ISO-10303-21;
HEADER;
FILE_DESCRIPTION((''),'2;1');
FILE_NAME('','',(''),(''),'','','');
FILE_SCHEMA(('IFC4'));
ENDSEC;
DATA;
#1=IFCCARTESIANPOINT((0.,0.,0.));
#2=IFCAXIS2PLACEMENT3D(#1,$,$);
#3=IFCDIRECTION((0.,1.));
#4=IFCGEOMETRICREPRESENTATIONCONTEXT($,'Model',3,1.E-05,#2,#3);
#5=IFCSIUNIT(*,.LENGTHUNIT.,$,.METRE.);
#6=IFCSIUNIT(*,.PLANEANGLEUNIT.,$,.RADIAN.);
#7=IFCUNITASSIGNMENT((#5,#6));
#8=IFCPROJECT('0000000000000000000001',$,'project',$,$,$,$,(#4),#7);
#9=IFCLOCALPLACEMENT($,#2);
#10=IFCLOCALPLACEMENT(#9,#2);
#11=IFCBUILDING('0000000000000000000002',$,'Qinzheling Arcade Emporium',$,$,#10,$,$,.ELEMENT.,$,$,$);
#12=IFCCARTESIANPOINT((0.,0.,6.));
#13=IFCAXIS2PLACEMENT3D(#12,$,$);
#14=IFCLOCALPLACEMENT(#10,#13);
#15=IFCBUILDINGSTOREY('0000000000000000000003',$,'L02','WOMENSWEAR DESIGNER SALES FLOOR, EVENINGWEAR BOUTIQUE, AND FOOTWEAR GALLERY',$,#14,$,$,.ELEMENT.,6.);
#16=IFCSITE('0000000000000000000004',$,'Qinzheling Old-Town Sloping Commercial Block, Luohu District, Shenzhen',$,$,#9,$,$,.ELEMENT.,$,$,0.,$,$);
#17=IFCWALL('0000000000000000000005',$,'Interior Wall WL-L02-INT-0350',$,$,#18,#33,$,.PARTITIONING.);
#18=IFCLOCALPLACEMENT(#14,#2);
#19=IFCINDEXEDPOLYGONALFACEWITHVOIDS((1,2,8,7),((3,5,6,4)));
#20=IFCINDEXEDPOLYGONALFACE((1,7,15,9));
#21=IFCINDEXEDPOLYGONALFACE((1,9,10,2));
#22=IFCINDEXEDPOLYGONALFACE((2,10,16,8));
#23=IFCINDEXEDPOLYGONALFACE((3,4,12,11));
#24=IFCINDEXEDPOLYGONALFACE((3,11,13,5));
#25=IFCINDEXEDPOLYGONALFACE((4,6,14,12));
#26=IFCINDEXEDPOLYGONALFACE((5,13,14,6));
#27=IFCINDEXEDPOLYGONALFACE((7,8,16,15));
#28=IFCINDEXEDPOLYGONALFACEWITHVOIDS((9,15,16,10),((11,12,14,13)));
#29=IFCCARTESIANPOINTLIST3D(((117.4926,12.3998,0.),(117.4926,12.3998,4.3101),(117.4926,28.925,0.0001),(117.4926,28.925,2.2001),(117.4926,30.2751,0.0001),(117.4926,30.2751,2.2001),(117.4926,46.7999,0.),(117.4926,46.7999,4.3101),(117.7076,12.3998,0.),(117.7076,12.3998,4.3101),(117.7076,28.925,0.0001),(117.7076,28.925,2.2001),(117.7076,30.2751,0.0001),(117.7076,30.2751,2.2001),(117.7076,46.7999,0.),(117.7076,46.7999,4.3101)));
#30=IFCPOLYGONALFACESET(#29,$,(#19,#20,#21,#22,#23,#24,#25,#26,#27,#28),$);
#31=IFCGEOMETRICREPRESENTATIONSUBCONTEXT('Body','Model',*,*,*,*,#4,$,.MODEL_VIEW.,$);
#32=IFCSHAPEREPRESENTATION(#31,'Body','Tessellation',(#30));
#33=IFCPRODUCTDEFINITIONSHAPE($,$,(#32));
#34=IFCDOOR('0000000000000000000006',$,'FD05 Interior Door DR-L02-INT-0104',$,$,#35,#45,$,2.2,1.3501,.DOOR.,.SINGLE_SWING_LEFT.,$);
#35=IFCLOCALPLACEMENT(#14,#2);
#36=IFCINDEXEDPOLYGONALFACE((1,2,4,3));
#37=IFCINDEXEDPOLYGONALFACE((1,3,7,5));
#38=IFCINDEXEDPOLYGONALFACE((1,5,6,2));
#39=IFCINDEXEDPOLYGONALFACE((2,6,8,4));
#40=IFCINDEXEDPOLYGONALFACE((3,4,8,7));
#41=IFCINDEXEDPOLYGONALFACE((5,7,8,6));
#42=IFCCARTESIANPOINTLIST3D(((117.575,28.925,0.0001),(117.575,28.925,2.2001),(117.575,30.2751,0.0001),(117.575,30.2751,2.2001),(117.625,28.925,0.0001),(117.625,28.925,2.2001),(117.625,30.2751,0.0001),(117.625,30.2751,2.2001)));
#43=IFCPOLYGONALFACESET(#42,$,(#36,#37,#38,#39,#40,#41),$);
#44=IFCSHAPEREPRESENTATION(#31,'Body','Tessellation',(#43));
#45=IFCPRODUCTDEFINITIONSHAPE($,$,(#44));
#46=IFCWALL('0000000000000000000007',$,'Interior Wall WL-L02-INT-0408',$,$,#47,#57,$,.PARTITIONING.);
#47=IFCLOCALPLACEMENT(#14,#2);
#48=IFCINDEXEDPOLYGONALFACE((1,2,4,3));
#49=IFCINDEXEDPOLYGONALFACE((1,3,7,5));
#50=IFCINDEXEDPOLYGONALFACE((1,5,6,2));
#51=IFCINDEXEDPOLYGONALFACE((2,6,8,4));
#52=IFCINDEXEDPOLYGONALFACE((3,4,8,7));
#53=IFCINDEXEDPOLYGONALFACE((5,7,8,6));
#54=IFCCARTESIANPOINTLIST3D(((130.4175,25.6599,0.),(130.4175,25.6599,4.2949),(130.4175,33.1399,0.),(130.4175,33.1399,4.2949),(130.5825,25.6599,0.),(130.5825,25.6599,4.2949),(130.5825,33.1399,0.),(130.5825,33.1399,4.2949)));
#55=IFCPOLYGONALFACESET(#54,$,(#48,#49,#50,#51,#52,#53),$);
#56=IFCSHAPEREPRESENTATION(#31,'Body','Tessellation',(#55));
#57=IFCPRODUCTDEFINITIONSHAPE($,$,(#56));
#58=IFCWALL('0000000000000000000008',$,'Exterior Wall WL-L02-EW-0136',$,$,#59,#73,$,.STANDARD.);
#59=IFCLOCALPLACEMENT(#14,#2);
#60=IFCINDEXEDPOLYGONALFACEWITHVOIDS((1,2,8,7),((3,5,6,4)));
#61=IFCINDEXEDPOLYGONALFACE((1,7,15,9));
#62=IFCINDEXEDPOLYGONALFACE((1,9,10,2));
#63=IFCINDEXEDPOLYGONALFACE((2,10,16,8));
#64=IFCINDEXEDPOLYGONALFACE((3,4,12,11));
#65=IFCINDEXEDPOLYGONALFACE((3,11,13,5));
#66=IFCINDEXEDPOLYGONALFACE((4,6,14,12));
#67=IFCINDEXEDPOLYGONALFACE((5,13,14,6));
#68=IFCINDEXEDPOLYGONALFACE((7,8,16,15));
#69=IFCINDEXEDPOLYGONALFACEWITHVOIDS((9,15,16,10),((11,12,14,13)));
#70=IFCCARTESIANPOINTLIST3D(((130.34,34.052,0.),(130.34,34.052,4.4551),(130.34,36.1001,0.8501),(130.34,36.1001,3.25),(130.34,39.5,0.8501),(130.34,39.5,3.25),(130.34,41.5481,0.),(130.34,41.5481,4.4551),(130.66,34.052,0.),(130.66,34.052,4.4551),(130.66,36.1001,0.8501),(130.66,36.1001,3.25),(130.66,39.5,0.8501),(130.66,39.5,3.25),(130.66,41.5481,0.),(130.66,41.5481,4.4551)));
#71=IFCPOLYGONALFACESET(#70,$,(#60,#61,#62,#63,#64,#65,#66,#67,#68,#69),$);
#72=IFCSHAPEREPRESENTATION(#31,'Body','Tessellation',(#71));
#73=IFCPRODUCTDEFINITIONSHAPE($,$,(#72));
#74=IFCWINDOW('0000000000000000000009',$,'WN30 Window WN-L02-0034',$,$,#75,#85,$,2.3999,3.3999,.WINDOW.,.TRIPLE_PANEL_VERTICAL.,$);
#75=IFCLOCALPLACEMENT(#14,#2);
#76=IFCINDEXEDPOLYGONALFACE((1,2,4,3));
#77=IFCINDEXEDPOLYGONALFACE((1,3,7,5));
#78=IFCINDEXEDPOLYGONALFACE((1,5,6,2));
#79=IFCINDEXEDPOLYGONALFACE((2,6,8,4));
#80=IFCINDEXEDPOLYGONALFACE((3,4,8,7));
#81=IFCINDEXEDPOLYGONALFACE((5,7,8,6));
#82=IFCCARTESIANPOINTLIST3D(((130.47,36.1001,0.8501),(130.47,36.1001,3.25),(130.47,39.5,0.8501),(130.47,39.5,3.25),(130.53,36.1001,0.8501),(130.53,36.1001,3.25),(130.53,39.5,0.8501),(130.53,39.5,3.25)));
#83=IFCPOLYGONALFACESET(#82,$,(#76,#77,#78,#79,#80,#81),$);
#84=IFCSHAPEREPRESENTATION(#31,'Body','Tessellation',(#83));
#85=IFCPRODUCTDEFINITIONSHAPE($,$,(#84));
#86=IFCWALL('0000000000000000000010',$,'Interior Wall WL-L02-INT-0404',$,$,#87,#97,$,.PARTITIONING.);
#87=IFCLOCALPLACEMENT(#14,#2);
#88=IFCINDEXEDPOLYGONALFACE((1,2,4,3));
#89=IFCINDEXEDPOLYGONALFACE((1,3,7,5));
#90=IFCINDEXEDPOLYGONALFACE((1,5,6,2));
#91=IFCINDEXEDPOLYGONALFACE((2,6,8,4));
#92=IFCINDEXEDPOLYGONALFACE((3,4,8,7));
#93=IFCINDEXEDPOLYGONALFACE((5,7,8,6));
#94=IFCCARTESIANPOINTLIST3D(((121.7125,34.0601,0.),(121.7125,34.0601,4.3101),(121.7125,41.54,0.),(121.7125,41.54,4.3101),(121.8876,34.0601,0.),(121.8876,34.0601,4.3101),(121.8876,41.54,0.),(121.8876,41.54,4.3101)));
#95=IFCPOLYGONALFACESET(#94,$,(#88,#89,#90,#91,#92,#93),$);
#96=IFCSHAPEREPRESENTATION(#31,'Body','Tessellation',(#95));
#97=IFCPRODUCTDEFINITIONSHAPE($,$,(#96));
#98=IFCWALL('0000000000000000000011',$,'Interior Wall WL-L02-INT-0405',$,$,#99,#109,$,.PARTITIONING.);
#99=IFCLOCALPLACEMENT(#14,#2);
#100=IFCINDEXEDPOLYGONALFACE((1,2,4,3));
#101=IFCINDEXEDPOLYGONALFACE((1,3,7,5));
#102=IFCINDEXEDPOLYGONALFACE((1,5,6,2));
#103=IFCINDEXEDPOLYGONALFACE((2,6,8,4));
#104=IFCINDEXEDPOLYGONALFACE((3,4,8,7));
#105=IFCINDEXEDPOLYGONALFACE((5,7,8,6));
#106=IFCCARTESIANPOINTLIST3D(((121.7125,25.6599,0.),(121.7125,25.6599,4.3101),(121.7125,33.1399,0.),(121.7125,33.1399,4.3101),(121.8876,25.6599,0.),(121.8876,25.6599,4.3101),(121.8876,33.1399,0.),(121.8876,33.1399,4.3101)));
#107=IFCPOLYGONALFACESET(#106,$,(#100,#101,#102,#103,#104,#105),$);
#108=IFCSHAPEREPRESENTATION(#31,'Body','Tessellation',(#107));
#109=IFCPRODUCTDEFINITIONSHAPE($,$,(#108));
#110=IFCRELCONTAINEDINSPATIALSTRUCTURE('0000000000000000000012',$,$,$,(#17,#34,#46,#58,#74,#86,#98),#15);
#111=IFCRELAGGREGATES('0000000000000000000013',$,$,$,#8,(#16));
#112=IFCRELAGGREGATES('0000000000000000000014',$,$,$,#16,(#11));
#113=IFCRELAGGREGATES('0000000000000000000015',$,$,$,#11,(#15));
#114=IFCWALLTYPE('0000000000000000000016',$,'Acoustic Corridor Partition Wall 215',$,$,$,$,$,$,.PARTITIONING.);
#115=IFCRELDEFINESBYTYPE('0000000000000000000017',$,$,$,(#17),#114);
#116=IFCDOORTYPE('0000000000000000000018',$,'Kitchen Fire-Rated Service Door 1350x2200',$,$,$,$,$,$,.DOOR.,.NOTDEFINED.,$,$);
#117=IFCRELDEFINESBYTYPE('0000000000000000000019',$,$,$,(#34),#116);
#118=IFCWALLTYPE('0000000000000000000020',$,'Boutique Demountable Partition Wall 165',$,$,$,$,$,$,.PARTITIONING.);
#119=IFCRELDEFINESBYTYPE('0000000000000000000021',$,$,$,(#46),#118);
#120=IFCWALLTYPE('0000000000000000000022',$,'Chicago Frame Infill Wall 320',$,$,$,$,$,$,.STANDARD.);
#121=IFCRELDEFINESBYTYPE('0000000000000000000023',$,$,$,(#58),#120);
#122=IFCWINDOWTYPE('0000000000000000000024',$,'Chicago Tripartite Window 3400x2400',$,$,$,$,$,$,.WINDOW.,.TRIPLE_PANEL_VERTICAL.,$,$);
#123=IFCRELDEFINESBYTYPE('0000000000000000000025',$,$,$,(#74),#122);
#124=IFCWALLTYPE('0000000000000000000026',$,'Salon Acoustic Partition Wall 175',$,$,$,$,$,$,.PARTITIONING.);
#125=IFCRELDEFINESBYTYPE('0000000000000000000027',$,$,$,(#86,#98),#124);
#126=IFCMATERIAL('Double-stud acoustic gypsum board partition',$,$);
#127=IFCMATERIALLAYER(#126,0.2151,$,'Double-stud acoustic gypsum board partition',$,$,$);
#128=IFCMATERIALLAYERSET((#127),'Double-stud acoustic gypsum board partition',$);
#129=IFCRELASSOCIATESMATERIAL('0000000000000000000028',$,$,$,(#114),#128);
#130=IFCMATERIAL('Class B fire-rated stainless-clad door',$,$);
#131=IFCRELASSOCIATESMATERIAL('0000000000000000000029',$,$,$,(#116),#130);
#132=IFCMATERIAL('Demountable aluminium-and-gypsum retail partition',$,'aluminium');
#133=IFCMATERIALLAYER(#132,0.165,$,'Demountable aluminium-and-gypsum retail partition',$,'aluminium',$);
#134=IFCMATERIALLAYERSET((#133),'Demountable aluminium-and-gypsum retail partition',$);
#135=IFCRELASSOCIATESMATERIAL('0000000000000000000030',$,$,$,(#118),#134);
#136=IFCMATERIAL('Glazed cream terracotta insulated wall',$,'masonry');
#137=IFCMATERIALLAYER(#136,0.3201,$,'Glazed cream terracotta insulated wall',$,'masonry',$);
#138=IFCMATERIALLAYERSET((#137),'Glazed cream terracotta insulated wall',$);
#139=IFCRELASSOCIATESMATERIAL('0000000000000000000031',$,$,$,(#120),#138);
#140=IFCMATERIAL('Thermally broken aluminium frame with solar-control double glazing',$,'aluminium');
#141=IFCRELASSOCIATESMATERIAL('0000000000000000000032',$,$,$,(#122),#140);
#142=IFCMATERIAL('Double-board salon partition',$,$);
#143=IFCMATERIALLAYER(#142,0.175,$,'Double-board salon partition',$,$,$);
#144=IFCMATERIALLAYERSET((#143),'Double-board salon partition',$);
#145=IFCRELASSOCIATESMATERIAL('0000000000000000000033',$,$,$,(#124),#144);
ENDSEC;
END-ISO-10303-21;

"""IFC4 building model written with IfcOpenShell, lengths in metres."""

from ifc_helpers import new_model, si_unit, direction, frame, frame_2d, origin, place, context, subcontext, project, spatial, rectangle, extrude, material, layer, layer_set, type_object, element, fill, save


model = new_model("IFC4")

# Units and contexts
model_context = context("Model", 3, precision=1e-05, world=origin(), true_north=direction((0.0, 1.0)))
body_context = subcontext(model_context, "Body", "Model", "MODEL_VIEW")
ifc_project = project(units=[si_unit("LENGTHUNIT", "METRE"), si_unit("PLANEANGLEUNIT", "RADIAN")], contexts=[model_context])

# Site, building, storey
site_placement = place(None, origin())
site = spatial("IfcSite", under=ifc_project, at=site_placement, Name="Qinzheling Old-Town Sloping Commercial Block, Luohu District, Shenzhen", CompositionType="ELEMENT", RefElevation=0.0)
building_placement = place(site_placement, origin())
building = spatial("IfcBuilding", under=site, at=building_placement, Name="Qinzheling Arcade Emporium", CompositionType="ELEMENT")
storey_placement = place(building_placement, frame((0.0, 0.0, 6.0)))
storey = spatial("IfcBuildingStorey", under=building, at=storey_placement, Name="L02", Description="WOMENSWEAR DESIGNER SALES FLOOR, EVENINGWEAR BOUTIQUE, AND FOOTWEAR GALLERY", CompositionType="ELEMENT", Elevation=6.0)

# Shared definitions
ifc_material_1 = material(Name="Double-stud acoustic gypsum board partition")
ifc_layer_1 = layer(ifc_material_1, 0.2151, Name="Double-stud acoustic gypsum board partition")
ifc_layer_set_1 = layer_set([ifc_layer_1], Name="Double-stud acoustic gypsum board partition")
wall_type_1 = type_object("IfcWallType", Name="Acoustic Corridor Partition Wall 215", PredefinedType="PARTITIONING", material=ifc_layer_set_1)

# Wall, opening, door
wall_1_placement = place(storey_placement, frame((117.6001, 46.8, 0.0), z_axis=(0.0, 0.0, 1.0), x_axis=(0.0, -1.0, 0.0)))
wall_1 = element("IfcWall", 1, at=wall_1_placement, inside=storey, type_object=wall_type_1, Name="Interior Wall WL-L02-INT-0350", PredefinedType="PARTITIONING", context=body_context, shape_type="SweptSolid", body=[
    extrude(rectangle(XDim=34.4001, YDim=0.2151, at=frame_2d((17.2002, 0.0))), origin(), (0.0, 0.0, 1.0), 4.3101),
])
opening_1_placement = place(wall_1_placement, frame((16.5249, 0.0, 0.0)))
opening_1 = element("IfcOpeningElement", 2, at=opening_1_placement, cuts=wall_1, PredefinedType="OPENING", context=body_context, shape_type="SweptSolid", body=[
    extrude(rectangle(XDim=1.3501, YDim=2.2, at=frame_2d((0.675, 1.1001))), frame((0.0, 0.1177, 0.0), z_axis=(0.0, -1.0, 0.0), x_axis=(1.0, 0.0, 0.0)), (0.0, 0.0, 1.0), 0.2351),
])
ifc_material_2 = material(Name="Class B fire-rated stainless-clad door")
door_type = type_object("IfcDoorType", Name="Kitchen Fire-Rated Service Door 1350x2200", OperationType="NOTDEFINED", PredefinedType="DOOR", material=ifc_material_2)
door_placement = place(opening_1_placement, origin())
door = element("IfcDoor", 3, at=door_placement, inside=storey, type_object=door_type, Name="FD05 Interior Door DR-L02-INT-0104", OperationType="SINGLE_SWING_LEFT", OverallHeight=2.2, OverallWidth=1.3501, PredefinedType="DOOR", context=body_context, shape_type="SweptSolid", body=[
    extrude(rectangle(XDim=1.3501, YDim=2.2, at=frame_2d((0.675, 1.1001))), frame((0.0, 0.0249, 0.0), z_axis=(0.0, -1.0, 0.0), x_axis=(1.0, 0.0, 0.0)), (0.0, 0.0, 1.0), 0.05),
])
fill(opening_1, door)

# Wall
ifc_material_3 = material(Name="Demountable aluminium-and-gypsum retail partition", Category="aluminium")
ifc_layer_2 = layer(ifc_material_3, 0.165, Name="Demountable aluminium-and-gypsum retail partition", Category="aluminium")
ifc_layer_set_2 = layer_set([ifc_layer_2], Name="Demountable aluminium-and-gypsum retail partition")
wall_type_2 = type_object("IfcWallType", Name="Boutique Demountable Partition Wall 165", PredefinedType="PARTITIONING", material=ifc_layer_set_2)
wall_2_placement = place(storey_placement, frame((130.5, 33.1399, 0.0), z_axis=(0.0, 0.0, 1.0), x_axis=(0.0, -1.0, 0.0)))
element("IfcWall", 4, at=wall_2_placement, inside=storey, type_object=wall_type_2, Name="Interior Wall WL-L02-INT-0408", PredefinedType="PARTITIONING", context=body_context, shape_type="SweptSolid", body=[
    extrude(rectangle(XDim=7.48, YDim=0.165, at=frame_2d((3.74, 0.0))), origin(), (0.0, 0.0, 1.0), 4.2949),
])

# Wall, opening, window
ifc_material_4 = material(Name="Glazed cream terracotta insulated wall", Category="masonry")
ifc_layer_3 = layer(ifc_material_4, 0.3201, Name="Glazed cream terracotta insulated wall", Category="masonry")
ifc_layer_set_3 = layer_set([ifc_layer_3], Name="Glazed cream terracotta insulated wall")
wall_type_3 = type_object("IfcWallType", Name="Chicago Frame Infill Wall 320", PredefinedType="STANDARD", material=ifc_layer_set_3)
wall_3_placement = place(storey_placement, frame((130.5, 41.5481, 0.0), z_axis=(0.0, 0.0, 1.0), x_axis=(0.0, -1.0, 0.0)))
wall_3 = element("IfcWall", 5, at=wall_3_placement, inside=storey, type_object=wall_type_3, Name="Exterior Wall WL-L02-EW-0136", PredefinedType="STANDARD", context=body_context, shape_type="SweptSolid", body=[
    extrude(rectangle(XDim=7.4961, YDim=0.3201, at=frame_2d((3.748, 0.0))), origin(), (0.0, 0.0, 1.0), 4.4551),
])
opening_2_placement = place(wall_3_placement, frame((2.0481, 0.0, 0.8501)))
opening_2 = element("IfcOpeningElement", 6, at=opening_2_placement, cuts=wall_3, PredefinedType="OPENING", context=body_context, shape_type="SweptSolid", body=[
    extrude(rectangle(XDim=3.3999, YDim=2.3999, at=frame_2d((1.7, 1.2))), frame((0.0, 0.1699, 0.0), z_axis=(0.0, -1.0, 0.0), x_axis=(1.0, 0.0, 0.0)), (0.0, 0.0, 1.0), 0.3401),
])
ifc_material_5 = material(Name="Thermally broken aluminium frame with solar-control double glazing", Category="aluminium")
window_type = type_object("IfcWindowType", Name="Chicago Tripartite Window 3400x2400", PartitioningType="TRIPLE_PANEL_VERTICAL", PredefinedType="WINDOW", material=ifc_material_5)
window_placement = place(opening_2_placement, origin())
window = element("IfcWindow", 7, at=window_placement, inside=storey, type_object=window_type, Name="WN30 Window WN-L02-0034", OverallHeight=2.3999, OverallWidth=3.3999, PartitioningType="TRIPLE_PANEL_VERTICAL", PredefinedType="WINDOW", context=body_context, shape_type="SweptSolid", body=[
    extrude(rectangle(XDim=3.3999, YDim=2.3999, at=frame_2d((1.7, 1.2))), frame((0.0, 0.03, 0.0), z_axis=(0.0, -1.0, 0.0), x_axis=(1.0, 0.0, 0.0)), (0.0, 0.0, 1.0), 0.0601),
])
fill(opening_2, window)

# Walls
ifc_material_6 = material(Name="Double-board salon partition")
ifc_layer_4 = layer(ifc_material_6, 0.175, Name="Double-board salon partition")
ifc_layer_set_4 = layer_set([ifc_layer_4], Name="Double-board salon partition")
wall_type_4 = type_object("IfcWallType", Name="Salon Acoustic Partition Wall 175", PredefinedType="PARTITIONING", material=ifc_layer_set_4)
for number, where, z_axis, x_axis, name in (
    (8, (121.8, 41.54, 0.0), (0.0, 0.0, 1.0), (0.0, -1.0, 0.0), "Interior Wall WL-L02-INT-0404"),
    (9, (121.8, 33.1399, 0.0), (0.0, 0.0, 1.0), (0.0, -1.0, 0.0), "Interior Wall WL-L02-INT-0405"),
):
    element("IfcWall", number, at=place(storey_placement, frame(where, z_axis=z_axis, x_axis=x_axis)), inside=storey, type_object=wall_type_4, Name=name, PredefinedType="PARTITIONING", context=body_context, shape_type="SweptSolid", body=[
        extrude(rectangle(XDim=7.48, YDim=0.175, at=frame_2d((3.74, 0.0))), origin(), (0.0, 0.0, 1.0), 4.3101),
    ])

save(model, "model.ifc")
